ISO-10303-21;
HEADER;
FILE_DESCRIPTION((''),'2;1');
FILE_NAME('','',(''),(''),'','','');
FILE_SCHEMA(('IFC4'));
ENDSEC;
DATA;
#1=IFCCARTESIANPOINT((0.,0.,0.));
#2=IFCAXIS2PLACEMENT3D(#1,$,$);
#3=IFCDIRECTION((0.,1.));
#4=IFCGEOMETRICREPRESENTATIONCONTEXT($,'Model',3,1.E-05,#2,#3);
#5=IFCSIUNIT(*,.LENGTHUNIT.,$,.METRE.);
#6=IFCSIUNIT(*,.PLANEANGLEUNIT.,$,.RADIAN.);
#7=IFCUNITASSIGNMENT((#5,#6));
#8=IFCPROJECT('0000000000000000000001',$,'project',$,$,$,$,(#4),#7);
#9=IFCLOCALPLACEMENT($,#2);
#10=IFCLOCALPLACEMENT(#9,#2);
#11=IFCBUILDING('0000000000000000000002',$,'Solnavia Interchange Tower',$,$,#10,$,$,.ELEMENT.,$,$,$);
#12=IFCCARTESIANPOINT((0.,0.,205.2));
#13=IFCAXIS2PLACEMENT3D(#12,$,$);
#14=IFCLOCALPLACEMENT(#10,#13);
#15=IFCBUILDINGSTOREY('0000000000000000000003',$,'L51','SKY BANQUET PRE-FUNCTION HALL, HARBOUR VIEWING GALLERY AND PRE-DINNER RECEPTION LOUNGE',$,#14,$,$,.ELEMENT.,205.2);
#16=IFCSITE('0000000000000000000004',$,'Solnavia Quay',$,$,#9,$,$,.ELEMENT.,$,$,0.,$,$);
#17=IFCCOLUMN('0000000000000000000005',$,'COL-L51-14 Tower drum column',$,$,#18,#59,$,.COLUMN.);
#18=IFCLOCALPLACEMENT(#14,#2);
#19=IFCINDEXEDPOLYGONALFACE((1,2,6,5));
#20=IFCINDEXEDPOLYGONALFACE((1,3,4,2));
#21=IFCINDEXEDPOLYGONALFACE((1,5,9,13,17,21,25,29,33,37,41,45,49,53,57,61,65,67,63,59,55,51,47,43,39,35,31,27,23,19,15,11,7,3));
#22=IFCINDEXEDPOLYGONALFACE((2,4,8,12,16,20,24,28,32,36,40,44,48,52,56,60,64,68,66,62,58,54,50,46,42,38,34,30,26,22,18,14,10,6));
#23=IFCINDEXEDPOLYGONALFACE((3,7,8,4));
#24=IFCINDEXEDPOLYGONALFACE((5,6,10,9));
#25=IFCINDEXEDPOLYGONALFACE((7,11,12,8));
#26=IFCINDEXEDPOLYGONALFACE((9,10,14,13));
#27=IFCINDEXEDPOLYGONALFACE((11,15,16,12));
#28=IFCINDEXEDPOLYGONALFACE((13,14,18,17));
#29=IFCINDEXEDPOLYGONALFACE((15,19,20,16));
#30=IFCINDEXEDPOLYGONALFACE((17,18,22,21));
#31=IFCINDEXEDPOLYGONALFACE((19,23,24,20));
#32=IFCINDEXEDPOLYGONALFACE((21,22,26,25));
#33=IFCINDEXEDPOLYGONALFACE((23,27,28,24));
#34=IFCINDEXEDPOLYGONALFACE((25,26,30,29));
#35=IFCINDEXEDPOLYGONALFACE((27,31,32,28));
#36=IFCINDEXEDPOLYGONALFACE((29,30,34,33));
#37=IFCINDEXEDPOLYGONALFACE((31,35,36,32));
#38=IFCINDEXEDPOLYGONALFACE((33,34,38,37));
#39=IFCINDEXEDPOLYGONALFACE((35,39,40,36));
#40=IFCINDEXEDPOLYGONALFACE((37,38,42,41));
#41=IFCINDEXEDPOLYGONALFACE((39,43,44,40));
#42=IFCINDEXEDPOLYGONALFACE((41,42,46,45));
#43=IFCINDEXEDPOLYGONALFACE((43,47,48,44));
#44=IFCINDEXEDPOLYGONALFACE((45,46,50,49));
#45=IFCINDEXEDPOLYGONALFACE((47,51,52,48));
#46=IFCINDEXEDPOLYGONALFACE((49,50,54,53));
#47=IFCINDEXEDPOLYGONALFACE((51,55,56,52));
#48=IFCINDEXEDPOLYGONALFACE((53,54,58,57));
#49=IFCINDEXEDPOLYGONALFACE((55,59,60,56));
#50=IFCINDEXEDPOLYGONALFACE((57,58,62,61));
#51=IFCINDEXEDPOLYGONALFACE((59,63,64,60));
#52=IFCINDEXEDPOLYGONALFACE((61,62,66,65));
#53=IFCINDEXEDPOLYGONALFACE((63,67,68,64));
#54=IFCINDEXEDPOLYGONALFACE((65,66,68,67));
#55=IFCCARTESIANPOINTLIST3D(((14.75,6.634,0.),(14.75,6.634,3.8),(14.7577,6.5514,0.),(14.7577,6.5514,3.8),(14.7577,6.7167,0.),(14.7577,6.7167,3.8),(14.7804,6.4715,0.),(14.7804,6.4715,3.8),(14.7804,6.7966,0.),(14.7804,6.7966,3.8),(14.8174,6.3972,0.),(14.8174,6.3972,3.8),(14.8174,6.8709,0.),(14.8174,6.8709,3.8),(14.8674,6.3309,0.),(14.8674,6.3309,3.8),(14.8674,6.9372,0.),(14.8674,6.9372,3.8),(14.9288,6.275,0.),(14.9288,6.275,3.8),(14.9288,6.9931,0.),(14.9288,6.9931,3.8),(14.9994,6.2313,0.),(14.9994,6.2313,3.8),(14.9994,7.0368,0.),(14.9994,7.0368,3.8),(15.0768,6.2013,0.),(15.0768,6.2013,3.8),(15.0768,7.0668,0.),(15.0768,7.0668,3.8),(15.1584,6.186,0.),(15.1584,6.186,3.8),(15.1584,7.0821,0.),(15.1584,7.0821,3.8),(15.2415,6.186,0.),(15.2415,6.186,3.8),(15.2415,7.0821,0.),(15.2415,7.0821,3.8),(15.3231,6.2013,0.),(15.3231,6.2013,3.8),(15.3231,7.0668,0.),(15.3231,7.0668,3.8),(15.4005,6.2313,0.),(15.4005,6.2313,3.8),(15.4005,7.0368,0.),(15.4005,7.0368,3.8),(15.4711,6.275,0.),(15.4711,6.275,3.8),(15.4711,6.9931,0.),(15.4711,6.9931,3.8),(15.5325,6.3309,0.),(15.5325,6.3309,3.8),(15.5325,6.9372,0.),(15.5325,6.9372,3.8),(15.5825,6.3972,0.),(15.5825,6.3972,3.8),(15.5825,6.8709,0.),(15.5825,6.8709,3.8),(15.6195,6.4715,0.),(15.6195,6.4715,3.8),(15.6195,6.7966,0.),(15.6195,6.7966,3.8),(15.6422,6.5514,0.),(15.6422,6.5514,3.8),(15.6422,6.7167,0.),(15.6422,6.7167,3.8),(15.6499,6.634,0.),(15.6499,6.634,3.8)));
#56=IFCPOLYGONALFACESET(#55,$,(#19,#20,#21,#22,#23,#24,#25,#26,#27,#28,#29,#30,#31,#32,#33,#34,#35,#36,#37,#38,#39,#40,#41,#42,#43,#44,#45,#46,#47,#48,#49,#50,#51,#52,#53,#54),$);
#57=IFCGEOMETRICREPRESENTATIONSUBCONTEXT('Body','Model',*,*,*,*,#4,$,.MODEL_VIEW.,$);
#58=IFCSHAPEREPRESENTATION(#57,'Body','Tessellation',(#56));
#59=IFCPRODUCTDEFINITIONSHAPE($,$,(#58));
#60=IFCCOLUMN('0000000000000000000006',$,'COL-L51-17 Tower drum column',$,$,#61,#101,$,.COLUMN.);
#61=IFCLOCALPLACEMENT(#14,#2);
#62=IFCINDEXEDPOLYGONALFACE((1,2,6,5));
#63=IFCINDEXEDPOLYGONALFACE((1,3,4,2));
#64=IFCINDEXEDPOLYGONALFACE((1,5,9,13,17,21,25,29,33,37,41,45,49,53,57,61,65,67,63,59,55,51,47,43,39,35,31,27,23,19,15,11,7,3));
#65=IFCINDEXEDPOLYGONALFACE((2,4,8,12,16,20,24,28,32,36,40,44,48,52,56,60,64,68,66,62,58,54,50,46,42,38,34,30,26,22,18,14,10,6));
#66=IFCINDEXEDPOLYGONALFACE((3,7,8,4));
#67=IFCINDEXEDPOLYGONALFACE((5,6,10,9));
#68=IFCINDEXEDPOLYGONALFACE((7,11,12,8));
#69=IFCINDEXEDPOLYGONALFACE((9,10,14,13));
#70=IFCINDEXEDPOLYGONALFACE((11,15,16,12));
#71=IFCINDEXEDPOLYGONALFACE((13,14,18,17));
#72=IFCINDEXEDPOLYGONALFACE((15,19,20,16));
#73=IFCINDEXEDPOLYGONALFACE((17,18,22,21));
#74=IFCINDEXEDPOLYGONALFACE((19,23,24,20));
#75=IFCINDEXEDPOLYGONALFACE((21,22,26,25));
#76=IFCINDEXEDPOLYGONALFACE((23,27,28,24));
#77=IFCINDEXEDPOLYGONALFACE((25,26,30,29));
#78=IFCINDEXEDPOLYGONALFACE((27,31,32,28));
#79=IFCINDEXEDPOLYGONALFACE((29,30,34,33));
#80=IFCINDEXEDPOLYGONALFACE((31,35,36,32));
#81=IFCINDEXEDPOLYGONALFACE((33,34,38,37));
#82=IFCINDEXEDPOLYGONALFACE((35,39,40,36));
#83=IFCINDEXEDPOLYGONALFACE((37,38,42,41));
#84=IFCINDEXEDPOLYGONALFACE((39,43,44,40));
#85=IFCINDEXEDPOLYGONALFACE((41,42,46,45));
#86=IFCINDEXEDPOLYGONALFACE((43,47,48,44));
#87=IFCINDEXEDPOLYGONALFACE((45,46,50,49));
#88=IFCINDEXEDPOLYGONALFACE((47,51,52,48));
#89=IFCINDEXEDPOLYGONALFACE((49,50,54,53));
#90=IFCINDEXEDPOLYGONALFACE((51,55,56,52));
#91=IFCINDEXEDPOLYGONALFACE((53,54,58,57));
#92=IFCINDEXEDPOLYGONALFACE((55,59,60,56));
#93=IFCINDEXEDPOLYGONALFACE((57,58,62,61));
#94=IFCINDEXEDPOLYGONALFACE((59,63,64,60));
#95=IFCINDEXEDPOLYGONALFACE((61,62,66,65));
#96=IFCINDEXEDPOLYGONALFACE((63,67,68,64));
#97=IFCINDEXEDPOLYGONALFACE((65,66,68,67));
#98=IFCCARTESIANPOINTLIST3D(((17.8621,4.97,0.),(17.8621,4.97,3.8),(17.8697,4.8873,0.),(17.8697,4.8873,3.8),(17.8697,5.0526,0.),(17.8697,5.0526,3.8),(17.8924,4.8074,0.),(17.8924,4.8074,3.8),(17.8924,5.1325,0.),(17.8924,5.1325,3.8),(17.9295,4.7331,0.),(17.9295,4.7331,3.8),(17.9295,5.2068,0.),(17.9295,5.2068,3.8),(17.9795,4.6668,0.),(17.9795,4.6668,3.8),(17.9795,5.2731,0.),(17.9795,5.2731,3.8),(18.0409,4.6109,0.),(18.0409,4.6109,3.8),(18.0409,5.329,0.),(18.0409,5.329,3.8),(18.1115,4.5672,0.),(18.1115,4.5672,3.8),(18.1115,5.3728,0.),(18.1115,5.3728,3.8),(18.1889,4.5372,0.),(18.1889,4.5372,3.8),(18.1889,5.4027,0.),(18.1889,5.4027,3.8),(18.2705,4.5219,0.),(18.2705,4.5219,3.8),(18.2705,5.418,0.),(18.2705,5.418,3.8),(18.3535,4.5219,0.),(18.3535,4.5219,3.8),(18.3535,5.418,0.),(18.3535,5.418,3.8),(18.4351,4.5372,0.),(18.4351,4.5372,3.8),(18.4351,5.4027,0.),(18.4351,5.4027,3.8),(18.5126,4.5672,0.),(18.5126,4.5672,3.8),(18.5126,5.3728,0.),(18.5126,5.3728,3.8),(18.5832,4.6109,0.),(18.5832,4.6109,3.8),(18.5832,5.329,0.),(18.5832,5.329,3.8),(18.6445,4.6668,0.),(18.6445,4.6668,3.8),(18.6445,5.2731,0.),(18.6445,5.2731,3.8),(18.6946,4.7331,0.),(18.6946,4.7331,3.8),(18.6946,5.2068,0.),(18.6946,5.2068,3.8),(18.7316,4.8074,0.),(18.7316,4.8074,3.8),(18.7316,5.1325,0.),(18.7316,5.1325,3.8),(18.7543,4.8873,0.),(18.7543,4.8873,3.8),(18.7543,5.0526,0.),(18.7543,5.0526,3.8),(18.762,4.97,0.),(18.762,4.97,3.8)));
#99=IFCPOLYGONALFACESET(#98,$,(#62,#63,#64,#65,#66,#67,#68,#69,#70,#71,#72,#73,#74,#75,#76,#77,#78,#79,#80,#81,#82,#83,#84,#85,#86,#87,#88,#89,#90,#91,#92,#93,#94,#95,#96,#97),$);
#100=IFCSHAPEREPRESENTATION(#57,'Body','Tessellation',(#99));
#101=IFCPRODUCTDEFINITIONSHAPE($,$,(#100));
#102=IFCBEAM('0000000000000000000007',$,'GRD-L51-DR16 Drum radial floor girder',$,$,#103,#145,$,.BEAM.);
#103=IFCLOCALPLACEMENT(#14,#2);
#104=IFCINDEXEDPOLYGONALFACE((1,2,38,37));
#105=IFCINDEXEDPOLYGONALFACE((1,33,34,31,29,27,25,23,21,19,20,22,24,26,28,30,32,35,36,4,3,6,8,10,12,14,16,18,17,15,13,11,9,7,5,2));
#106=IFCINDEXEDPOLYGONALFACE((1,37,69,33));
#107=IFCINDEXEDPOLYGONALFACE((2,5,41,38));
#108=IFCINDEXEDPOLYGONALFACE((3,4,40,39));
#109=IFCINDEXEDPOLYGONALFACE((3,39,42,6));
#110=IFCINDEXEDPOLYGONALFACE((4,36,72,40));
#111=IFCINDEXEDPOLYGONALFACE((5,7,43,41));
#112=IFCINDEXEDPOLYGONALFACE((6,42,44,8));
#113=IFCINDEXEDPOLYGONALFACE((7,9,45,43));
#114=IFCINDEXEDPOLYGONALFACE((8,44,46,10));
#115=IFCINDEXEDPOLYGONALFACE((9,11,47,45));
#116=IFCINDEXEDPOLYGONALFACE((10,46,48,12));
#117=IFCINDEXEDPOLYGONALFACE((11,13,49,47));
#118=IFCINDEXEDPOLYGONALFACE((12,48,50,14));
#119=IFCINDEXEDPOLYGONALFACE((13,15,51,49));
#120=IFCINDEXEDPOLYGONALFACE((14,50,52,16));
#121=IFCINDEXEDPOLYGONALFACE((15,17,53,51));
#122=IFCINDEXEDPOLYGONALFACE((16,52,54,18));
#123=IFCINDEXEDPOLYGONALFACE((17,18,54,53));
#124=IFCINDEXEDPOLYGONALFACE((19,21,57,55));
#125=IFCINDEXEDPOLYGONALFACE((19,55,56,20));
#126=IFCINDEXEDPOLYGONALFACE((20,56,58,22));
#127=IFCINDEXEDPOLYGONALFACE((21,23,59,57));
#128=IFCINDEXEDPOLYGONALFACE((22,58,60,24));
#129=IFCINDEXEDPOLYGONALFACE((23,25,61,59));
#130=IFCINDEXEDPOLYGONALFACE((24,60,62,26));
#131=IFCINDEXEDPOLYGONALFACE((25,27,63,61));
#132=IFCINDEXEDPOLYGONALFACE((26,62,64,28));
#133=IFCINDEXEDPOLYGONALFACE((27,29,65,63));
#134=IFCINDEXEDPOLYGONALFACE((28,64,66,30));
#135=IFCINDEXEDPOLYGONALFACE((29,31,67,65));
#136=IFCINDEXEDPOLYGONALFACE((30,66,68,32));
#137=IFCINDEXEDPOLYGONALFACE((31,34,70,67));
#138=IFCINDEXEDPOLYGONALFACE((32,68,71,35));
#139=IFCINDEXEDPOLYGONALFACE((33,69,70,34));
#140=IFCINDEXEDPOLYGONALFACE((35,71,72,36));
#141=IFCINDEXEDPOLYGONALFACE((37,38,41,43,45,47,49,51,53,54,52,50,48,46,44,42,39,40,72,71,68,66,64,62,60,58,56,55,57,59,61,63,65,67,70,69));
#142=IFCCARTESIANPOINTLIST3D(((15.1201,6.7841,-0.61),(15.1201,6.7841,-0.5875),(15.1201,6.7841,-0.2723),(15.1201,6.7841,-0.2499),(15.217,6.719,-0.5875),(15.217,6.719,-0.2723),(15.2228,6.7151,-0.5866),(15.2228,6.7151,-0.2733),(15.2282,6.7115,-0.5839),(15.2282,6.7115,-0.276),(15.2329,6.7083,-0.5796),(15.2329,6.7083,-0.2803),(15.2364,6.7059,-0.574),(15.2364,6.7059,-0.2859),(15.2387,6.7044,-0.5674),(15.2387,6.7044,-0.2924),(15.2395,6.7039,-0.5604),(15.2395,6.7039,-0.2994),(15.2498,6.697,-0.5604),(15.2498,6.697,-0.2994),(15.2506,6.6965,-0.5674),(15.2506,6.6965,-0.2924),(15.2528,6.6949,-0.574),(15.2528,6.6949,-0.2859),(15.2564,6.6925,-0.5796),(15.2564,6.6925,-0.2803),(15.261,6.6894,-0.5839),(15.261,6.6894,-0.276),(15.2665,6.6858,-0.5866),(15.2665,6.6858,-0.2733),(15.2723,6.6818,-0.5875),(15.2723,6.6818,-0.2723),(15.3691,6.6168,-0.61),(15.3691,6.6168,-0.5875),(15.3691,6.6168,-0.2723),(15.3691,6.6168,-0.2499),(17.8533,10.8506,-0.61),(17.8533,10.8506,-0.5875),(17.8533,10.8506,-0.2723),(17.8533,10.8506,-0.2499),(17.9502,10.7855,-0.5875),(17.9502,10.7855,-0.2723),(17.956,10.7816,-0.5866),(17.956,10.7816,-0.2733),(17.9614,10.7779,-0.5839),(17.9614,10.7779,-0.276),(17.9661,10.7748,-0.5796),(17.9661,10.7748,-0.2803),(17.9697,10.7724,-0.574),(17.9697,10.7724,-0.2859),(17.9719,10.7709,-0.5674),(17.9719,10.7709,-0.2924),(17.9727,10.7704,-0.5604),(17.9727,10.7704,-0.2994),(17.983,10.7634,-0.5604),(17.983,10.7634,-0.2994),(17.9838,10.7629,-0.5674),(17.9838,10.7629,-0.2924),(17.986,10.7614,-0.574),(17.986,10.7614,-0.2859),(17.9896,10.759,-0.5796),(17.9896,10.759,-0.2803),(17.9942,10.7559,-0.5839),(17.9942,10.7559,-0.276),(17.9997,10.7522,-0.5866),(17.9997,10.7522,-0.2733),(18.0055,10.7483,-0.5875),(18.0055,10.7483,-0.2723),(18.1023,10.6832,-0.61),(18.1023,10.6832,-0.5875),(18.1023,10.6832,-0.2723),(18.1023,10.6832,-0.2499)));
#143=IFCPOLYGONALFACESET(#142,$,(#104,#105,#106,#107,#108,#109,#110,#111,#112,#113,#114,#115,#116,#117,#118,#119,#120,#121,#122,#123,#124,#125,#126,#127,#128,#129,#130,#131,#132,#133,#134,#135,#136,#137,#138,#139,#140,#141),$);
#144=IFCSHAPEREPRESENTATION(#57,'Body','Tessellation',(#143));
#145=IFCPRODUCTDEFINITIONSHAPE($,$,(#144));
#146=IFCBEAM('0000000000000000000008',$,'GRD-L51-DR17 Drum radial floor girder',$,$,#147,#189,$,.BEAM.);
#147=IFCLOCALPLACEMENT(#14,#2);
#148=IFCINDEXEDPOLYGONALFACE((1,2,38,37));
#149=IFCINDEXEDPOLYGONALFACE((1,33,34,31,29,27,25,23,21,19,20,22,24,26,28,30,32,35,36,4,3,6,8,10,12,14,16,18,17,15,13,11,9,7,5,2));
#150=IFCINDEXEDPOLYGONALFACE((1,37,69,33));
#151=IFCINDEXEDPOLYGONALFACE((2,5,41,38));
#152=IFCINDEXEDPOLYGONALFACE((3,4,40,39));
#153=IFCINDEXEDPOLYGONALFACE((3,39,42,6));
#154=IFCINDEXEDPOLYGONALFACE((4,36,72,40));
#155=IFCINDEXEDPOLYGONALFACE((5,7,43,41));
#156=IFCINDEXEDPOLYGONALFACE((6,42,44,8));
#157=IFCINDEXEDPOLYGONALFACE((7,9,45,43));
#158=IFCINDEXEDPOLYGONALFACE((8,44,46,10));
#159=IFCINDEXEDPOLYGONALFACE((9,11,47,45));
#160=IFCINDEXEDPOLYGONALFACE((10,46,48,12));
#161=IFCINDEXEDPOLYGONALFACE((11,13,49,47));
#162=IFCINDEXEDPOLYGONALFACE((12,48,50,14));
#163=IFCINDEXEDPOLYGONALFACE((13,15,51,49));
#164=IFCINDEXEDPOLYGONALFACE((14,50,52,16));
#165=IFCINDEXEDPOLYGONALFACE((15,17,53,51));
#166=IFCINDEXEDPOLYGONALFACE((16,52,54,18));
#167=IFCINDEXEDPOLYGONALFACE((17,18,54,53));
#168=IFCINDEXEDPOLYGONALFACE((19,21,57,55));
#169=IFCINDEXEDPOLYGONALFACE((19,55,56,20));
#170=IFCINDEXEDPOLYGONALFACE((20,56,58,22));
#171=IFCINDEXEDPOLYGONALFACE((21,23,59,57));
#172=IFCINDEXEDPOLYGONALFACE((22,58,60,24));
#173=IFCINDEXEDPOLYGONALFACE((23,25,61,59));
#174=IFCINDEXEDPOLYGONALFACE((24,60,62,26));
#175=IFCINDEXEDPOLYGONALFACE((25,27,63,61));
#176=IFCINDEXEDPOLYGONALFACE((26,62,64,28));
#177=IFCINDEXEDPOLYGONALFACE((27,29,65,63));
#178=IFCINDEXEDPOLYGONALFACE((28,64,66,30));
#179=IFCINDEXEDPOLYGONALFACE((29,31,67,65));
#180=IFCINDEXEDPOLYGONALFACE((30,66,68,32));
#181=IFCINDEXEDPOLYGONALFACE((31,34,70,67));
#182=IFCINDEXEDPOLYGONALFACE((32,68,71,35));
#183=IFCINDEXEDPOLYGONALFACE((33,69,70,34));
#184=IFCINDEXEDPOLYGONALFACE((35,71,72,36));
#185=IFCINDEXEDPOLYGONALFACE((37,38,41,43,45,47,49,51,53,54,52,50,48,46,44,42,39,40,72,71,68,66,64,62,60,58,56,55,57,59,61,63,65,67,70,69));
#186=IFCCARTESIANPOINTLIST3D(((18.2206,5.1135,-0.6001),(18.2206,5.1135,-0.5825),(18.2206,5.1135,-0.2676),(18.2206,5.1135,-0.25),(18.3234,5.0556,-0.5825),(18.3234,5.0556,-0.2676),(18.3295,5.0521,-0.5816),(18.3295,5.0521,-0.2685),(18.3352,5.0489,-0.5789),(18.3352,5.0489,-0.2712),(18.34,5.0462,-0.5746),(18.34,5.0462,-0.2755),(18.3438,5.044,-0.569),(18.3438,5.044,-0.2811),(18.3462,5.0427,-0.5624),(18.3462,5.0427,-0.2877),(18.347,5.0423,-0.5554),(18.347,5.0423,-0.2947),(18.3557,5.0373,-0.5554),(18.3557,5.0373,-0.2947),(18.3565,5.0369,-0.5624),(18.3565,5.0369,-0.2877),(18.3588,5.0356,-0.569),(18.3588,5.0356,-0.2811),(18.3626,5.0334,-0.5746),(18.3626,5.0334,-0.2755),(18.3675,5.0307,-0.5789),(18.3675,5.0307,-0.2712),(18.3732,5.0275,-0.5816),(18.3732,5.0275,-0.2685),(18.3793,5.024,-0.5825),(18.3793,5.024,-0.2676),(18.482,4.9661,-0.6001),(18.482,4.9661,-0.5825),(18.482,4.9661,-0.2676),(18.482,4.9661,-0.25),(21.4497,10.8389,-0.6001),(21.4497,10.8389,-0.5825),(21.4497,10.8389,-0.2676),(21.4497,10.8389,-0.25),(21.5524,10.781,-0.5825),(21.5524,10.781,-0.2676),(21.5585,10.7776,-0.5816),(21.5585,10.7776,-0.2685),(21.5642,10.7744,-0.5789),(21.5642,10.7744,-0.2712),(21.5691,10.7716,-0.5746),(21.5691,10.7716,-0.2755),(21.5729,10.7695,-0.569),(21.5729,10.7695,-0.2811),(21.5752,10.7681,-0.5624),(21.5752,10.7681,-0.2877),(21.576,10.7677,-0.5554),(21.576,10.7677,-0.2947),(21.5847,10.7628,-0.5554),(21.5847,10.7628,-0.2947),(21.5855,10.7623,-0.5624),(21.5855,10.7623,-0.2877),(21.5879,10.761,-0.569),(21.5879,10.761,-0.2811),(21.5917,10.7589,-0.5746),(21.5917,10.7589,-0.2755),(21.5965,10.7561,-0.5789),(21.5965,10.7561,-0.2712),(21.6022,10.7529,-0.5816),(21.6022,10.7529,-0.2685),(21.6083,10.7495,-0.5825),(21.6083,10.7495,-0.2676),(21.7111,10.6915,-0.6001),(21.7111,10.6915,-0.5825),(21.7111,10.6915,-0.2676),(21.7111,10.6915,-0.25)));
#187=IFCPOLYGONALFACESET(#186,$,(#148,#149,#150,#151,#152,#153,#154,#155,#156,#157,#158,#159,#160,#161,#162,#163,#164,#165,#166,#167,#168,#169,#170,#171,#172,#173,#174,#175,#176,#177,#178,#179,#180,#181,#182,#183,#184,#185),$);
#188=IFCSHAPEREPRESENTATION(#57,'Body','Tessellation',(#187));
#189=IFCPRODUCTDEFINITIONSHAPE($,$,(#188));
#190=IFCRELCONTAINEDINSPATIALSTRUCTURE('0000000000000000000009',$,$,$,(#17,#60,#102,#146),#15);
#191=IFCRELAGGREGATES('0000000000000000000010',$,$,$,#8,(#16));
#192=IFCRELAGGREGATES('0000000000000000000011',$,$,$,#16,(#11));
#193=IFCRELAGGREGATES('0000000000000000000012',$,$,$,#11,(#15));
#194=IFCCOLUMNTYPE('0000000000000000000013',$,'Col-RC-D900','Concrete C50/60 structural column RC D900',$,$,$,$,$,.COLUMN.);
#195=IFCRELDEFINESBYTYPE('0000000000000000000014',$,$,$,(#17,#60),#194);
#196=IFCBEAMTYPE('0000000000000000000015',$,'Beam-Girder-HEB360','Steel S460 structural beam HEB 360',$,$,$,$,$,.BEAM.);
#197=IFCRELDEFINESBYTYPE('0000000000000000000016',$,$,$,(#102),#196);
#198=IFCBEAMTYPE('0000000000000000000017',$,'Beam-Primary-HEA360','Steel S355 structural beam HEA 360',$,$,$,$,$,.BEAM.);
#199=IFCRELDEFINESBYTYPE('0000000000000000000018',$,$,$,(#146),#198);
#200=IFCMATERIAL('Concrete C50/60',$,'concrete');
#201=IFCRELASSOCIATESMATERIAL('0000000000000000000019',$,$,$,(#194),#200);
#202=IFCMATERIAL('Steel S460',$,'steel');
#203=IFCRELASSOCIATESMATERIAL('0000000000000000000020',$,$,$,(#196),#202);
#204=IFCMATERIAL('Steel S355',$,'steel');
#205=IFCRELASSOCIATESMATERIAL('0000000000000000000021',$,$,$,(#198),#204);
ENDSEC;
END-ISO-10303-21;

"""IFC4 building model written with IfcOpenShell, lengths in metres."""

from ifc_helpers import new_model, si_unit, direction, frame, origin, origin_2d, place, context, subcontext, project, spatial, circle, i_section, extrude, material, material_profile, profile_set, type_object, element, save


model = new_model("IFC4")

# Units and contexts
model_context = context("Model", 3, precision=1e-05, world=origin(), true_north=direction((0.0, 1.0)))
body_context = subcontext(model_context, "Body", "Model", "MODEL_VIEW")
ifc_project = project(units=[si_unit("LENGTHUNIT", "METRE"), si_unit("PLANEANGLEUNIT", "RADIAN")], contexts=[model_context])

# Site, building, storey
site_placement = place(None, origin())
site = spatial("IfcSite", under=ifc_project, at=site_placement, Name="Solnavia Quay", CompositionType="ELEMENT", RefElevation=0.0)
building_placement = place(site_placement, origin())
building = spatial("IfcBuilding", under=site, at=building_placement, Name="Solnavia Interchange Tower", CompositionType="ELEMENT")
storey_placement = place(building_placement, frame((0.0, 0.0, 205.2)))
storey = spatial("IfcBuildingStorey", under=building, at=storey_placement, Name="L51", Description="SKY BANQUET PRE-FUNCTION HALL, HARBOUR VIEWING GALLERY AND PRE-DINNER RECEPTION LOUNGE", CompositionType="ELEMENT", Elevation=205.2)

# Columns
ifc_material_1 = material(Name="Concrete C50/60", Category="concrete")
ifc_material_profile_1 = material_profile(ifc_material_1, circle(Radius=0.45, at=origin_2d()), Name="RC D900")
ifc_profile_set_1 = profile_set([ifc_material_profile_1], Name="Concrete C50/60")
column_type = type_object("IfcColumnType", Name="Col-RC-D900", Description="Concrete C50/60 structural column RC D900", PredefinedType="COLUMN", material=ifc_profile_set_1)
for number, where, z_axis, x_axis, name in (
    (1, (15.2, 6.634, 0.0), (0.0, 0.0, 1.0), (1.0, 0.0, 0.0), "COL-L51-14 Tower drum column"),
    (2, (18.312, 4.97, 0.0), (0.0, 0.0, 1.0), (1.0, 0.0, 0.0), "COL-L51-17 Tower drum column"),
):
    element("IfcColumn", number, at=place(storey_placement, frame(where, z_axis=z_axis, x_axis=x_axis)), inside=storey, type_object=column_type, Name=name, PredefinedType="COLUMN", context=body_context, shape_type="SweptSolid", body=[
        extrude(circle(Radius=0.45, at=origin_2d()), origin(), (0.0, 0.0, 1.0), 3.8),
    ])

# Beams
ifc_material_2 = material(Name="Steel S460", Category="steel")
ifc_material_profile_2 = material_profile(ifc_material_2, i_section(OverallWidth=0.3, OverallDepth=0.3601, WebThickness=0.0125, FlangeThickness=0.0225, FilletRadius=0.0271, at=origin_2d()), Name="HEB 360")
ifc_profile_set_2 = profile_set([ifc_material_profile_2], Name="Steel S460")
beam_type_1 = type_object("IfcBeamType", Name="Beam-Girder-HEB360", Description="Steel S460 structural beam HEB 360", PredefinedType="BEAM", material=ifc_profile_set_2)
beam_1_placement = place(storey_placement, frame((15.2446, 6.7004, -0.4299), z_axis=(0.557835, 0.829952, 0.0), x_axis=(-0.829952, 0.557835, 0.0)))
element("IfcBeam", 3, at=beam_1_placement, inside=storey, type_object=beam_type_1, Name="GRD-L51-DR16 Drum radial floor girder", PredefinedType="BEAM", context=body_context, shape_type="SweptSolid", body=[
    extrude(i_section(OverallWidth=0.3, OverallDepth=0.3601, WebThickness=0.0125, FlangeThickness=0.0225, FilletRadius=0.0271, at=origin_2d()), origin(), (0.0, 0.0, 1.0), 4.8997),
])
ifc_material_3 = material(Name="Steel S355", Category="steel")
ifc_material_profile_3 = material_profile(ifc_material_3, i_section(OverallWidth=0.3, OverallDepth=0.3501, WebThickness=0.01, FlangeThickness=0.0176, FilletRadius=0.0271, at=origin_2d()), Name="HEA 360")
ifc_profile_set_3 = profile_set([ifc_material_profile_3], Name="Steel S355")
beam_type_2 = type_object("IfcBeamType", Name="Beam-Primary-HEA360", Description="Steel S355 structural beam HEA 360", PredefinedType="BEAM", material=ifc_profile_set_3)
beam_2_placement = place(storey_placement, frame((18.3513, 5.0398, -0.425), z_axis=(0.491243, 0.871022, 0.0), x_axis=(-0.871022, 0.491243, 0.0)))
element("IfcBeam", 4, at=beam_2_placement, inside=storey, type_object=beam_type_2, Name="GRD-L51-DR17 Drum radial floor girder", PredefinedType="BEAM", context=body_context, shape_type="SweptSolid", body=[
    extrude(i_section(OverallWidth=0.3, OverallDepth=0.3501, WebThickness=0.01, FlangeThickness=0.0176, FilletRadius=0.0271, at=origin_2d()), origin(), (0.0, 0.0, 1.0), 6.5732),
])

save(model, "model.ifc")
